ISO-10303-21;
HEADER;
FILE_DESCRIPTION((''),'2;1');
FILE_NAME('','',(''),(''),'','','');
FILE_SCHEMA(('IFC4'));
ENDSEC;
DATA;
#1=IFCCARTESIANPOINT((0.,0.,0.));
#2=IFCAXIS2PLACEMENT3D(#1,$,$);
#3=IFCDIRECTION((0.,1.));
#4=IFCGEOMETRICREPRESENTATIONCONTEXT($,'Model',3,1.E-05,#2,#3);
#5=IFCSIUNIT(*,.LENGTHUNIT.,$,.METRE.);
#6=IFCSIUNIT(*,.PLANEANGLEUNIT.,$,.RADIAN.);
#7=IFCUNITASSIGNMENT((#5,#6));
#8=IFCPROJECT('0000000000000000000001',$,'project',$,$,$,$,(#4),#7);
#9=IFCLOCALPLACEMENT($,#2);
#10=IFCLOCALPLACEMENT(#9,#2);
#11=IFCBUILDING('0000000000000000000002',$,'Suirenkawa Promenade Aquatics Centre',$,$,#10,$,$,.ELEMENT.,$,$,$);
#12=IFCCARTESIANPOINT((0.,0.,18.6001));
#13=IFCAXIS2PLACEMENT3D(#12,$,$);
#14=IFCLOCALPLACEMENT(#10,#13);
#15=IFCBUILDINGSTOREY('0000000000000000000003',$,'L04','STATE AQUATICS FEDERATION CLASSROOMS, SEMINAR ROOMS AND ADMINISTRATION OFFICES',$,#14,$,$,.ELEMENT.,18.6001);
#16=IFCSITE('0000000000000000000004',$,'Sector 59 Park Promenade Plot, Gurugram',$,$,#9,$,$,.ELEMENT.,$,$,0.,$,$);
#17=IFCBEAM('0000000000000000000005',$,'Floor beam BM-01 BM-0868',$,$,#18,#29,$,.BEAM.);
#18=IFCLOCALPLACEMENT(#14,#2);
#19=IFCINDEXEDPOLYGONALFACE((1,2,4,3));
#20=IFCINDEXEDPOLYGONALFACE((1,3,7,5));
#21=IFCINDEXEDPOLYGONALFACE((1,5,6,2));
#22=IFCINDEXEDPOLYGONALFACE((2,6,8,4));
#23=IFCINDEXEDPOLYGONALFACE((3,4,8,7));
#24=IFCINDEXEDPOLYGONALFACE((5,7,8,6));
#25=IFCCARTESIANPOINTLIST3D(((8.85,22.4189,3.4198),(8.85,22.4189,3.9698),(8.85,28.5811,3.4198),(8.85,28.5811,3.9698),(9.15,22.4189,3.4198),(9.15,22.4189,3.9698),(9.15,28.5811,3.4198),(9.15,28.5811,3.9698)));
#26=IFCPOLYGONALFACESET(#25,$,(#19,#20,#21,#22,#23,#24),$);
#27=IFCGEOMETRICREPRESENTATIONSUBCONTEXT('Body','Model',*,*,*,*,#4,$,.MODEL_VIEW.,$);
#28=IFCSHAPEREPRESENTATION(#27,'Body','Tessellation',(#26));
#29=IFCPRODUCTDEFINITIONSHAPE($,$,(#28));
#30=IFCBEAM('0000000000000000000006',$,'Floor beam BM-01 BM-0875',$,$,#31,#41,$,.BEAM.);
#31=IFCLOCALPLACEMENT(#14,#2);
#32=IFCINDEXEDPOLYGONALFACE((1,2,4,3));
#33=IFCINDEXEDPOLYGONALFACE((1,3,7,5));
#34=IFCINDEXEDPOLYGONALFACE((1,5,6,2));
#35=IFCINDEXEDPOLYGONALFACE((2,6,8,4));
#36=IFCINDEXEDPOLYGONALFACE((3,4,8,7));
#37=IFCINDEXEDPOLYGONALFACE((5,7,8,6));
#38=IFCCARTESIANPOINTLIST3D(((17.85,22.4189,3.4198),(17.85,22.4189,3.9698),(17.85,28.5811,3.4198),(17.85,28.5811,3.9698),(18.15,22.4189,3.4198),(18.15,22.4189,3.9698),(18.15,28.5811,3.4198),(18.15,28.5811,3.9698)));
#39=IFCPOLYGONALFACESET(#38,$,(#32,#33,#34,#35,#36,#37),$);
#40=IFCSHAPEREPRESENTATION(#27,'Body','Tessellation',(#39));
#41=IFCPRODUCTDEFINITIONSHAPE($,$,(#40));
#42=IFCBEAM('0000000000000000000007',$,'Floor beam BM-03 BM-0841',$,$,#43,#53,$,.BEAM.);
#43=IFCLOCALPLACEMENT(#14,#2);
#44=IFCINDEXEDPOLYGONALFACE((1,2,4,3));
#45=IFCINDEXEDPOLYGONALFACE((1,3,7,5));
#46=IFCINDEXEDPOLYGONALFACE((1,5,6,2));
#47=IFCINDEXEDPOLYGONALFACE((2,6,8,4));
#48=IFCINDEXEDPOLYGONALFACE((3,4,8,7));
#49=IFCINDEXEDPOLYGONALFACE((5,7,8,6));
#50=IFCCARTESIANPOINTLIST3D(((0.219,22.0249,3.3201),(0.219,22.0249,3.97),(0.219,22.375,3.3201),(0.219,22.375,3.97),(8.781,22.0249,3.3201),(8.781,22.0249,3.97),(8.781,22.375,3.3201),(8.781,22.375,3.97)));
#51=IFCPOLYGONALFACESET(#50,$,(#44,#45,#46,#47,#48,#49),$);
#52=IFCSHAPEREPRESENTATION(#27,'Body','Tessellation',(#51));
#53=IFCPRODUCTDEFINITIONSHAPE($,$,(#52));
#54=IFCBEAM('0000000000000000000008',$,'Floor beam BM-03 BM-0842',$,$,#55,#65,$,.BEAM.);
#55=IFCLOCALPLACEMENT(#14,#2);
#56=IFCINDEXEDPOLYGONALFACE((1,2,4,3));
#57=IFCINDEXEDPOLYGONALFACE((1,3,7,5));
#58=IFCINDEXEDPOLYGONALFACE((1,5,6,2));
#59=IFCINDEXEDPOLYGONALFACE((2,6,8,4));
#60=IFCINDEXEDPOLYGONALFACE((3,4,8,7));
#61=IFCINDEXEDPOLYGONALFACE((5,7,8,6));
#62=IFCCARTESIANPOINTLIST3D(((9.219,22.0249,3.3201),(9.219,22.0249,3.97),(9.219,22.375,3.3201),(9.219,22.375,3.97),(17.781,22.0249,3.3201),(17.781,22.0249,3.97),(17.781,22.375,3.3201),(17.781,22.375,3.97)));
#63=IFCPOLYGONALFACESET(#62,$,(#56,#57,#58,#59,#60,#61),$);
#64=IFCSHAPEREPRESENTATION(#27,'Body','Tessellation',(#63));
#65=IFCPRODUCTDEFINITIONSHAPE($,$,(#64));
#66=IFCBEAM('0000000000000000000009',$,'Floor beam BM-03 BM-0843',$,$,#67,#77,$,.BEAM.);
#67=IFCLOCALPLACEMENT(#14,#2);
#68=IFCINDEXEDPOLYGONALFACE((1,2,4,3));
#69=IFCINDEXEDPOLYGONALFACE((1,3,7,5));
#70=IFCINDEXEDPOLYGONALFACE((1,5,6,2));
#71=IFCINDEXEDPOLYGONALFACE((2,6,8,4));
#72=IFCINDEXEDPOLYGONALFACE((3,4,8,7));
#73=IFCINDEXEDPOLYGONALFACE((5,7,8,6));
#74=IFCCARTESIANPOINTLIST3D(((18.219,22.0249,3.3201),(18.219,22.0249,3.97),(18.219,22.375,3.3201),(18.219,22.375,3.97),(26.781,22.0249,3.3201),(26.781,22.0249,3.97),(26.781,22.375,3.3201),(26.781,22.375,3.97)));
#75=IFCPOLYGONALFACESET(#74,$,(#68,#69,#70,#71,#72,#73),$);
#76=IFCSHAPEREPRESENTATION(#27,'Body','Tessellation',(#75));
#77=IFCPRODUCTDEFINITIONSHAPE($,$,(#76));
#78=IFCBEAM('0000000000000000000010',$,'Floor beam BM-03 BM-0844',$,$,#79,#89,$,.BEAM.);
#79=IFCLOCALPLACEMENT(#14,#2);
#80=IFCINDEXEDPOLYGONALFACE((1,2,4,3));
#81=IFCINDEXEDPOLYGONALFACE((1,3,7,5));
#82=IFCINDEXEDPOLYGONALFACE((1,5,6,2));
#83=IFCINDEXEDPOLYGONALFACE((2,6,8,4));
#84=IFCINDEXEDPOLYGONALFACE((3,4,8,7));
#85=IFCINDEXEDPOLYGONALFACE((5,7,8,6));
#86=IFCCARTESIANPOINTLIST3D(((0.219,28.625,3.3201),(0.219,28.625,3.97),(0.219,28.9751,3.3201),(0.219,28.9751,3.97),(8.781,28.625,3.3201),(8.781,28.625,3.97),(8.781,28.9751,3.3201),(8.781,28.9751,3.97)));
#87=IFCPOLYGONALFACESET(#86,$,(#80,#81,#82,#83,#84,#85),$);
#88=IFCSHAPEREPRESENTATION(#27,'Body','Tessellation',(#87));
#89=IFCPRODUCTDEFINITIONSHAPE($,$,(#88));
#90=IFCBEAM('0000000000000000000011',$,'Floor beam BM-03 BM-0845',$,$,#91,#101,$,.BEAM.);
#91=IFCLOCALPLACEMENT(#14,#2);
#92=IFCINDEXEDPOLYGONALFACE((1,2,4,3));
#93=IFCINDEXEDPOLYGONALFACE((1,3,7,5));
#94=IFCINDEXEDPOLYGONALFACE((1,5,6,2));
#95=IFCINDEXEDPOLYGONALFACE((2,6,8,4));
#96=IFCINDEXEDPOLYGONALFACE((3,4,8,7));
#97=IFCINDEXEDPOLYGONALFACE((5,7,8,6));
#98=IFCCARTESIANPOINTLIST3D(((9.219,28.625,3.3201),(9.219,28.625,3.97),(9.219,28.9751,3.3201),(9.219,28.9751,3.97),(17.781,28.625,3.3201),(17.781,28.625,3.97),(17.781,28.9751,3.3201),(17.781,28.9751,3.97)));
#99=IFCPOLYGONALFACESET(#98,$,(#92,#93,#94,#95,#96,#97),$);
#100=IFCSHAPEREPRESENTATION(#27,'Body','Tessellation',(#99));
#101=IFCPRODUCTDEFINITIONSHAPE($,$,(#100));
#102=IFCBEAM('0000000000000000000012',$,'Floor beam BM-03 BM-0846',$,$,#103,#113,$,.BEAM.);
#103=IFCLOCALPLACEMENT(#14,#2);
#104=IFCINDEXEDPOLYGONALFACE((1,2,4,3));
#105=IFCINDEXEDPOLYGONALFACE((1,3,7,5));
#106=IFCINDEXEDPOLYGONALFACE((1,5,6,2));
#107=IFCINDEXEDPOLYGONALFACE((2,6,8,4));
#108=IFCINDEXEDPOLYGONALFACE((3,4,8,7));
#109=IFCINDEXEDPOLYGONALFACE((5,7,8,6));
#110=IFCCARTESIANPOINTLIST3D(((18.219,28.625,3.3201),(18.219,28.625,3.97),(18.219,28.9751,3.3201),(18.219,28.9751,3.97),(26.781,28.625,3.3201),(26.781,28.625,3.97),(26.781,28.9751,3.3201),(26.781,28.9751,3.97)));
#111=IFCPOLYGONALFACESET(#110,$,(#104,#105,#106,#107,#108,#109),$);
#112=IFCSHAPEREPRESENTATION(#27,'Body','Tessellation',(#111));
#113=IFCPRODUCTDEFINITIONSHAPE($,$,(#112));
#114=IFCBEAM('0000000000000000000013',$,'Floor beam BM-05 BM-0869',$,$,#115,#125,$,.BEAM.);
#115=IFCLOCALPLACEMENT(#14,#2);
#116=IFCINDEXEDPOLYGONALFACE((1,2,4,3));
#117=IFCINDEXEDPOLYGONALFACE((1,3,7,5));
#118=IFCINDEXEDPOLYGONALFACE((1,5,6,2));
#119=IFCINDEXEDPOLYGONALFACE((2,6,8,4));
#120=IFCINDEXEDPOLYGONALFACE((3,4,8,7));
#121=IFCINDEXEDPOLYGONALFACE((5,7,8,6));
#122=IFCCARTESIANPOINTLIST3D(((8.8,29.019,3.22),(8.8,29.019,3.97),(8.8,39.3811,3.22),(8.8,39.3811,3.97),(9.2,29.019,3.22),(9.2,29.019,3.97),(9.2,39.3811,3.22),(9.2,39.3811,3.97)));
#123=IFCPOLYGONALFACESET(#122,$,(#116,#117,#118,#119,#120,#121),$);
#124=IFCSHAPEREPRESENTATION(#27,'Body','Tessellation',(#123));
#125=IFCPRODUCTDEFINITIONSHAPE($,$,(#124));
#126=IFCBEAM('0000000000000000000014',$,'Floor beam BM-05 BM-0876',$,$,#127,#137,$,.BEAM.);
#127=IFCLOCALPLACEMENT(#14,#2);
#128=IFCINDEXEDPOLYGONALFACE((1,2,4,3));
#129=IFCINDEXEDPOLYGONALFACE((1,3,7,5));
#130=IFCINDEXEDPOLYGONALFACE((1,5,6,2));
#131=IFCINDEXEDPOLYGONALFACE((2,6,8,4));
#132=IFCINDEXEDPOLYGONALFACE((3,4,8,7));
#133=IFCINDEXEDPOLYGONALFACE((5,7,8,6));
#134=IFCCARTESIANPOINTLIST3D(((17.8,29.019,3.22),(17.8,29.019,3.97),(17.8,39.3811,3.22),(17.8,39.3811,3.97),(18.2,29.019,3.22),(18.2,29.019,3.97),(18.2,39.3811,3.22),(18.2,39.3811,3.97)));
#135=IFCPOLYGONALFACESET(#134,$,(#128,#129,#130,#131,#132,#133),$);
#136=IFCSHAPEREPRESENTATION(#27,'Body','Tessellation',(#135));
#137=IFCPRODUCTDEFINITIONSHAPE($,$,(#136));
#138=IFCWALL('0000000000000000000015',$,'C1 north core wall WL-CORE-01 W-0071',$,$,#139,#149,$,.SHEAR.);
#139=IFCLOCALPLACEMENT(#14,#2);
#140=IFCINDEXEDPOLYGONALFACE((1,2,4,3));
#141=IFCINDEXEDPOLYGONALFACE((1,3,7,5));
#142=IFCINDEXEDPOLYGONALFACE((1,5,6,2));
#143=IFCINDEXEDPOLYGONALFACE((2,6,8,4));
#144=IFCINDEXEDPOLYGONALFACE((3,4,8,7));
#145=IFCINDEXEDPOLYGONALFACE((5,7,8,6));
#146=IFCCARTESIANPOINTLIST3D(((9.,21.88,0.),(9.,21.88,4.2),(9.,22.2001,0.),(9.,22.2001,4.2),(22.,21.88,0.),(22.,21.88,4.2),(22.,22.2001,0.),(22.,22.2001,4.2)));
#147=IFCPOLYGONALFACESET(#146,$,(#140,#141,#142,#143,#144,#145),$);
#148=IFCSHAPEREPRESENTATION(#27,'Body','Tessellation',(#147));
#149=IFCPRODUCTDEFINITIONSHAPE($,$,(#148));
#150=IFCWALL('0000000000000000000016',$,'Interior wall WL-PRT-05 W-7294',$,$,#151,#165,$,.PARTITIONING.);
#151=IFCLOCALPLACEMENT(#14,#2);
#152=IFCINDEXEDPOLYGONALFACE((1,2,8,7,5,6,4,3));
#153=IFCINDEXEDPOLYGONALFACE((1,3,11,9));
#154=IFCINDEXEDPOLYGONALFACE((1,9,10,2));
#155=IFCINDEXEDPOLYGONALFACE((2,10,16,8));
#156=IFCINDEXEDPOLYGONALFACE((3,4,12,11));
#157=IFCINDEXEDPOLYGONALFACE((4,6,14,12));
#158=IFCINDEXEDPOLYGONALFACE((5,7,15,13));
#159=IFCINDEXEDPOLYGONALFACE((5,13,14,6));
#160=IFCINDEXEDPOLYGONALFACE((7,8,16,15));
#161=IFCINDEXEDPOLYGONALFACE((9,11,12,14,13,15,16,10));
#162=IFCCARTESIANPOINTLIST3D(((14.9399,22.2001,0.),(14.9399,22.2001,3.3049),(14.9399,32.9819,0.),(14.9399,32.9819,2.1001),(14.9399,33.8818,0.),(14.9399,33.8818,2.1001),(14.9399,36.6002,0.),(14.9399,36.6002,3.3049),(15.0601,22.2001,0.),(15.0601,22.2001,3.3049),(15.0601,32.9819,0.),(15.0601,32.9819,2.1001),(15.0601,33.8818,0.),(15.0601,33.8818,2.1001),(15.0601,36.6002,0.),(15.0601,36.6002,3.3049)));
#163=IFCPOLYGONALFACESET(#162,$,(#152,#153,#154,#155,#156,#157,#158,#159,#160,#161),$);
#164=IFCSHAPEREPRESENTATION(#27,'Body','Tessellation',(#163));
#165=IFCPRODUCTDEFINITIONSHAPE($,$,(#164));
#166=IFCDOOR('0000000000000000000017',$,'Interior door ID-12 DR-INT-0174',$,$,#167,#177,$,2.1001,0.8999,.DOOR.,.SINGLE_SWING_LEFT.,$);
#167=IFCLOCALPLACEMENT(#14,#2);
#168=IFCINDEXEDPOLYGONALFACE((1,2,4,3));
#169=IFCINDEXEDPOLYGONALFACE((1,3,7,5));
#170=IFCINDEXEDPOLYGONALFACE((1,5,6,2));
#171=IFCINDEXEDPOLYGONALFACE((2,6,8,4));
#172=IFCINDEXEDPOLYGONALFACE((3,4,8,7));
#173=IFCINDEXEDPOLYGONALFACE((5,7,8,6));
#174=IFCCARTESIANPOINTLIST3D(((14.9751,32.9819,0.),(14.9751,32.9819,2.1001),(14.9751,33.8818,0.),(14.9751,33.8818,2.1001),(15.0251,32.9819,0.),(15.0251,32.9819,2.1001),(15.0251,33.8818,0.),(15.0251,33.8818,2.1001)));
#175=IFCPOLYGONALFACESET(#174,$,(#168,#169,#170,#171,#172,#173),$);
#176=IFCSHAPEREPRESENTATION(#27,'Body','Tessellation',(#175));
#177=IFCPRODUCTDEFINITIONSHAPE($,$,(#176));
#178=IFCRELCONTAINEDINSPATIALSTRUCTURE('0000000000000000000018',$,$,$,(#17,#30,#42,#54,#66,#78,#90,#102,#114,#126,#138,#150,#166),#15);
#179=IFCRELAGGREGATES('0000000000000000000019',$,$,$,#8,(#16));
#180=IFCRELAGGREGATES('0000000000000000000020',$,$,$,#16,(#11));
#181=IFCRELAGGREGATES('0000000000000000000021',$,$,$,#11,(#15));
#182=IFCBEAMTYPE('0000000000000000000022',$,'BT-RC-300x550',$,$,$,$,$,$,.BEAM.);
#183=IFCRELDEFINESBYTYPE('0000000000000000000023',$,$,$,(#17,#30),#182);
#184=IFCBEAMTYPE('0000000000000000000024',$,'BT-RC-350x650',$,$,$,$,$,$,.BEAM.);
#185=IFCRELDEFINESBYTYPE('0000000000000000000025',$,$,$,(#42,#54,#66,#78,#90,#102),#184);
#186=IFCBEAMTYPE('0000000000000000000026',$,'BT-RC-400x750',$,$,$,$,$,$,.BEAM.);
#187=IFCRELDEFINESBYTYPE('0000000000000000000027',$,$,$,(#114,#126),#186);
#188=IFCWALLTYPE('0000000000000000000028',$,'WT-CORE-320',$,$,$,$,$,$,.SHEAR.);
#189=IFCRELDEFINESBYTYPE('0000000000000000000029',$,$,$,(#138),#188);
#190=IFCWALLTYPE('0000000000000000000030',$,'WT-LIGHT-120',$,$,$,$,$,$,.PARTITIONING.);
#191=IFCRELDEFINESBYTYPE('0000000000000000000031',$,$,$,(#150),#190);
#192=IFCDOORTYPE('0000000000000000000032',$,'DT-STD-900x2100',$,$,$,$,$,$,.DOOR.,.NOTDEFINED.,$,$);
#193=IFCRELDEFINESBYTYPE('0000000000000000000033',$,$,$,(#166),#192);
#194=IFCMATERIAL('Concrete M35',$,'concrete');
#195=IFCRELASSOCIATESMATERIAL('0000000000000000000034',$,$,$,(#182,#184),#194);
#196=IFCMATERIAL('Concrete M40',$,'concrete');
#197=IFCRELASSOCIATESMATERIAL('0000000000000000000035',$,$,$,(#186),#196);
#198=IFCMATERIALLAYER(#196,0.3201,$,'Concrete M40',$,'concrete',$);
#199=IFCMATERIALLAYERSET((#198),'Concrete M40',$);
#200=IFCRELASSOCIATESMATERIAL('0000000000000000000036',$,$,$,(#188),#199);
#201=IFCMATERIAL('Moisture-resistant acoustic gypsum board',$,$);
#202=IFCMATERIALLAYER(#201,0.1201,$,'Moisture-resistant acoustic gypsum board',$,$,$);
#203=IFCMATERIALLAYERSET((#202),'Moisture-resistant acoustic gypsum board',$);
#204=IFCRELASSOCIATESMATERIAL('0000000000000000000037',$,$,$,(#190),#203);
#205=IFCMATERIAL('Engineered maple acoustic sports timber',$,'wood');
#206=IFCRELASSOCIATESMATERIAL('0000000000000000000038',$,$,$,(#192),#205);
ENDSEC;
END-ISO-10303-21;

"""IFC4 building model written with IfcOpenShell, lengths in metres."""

from ifc_helpers import new_model, si_unit, direction, frame, frame_2d, origin, origin_2d, place, context, subcontext, project, spatial, rectangle, extrude, material, layer, layer_set, material_profile, profile_set, type_object, element, fill, save


model = new_model("IFC4")

# Units and contexts
model_context = context("Model", 3, precision=1e-05, world=origin(), true_north=direction((0.0, 1.0)))
body_context = subcontext(model_context, "Body", "Model", "MODEL_VIEW")
ifc_project = project(units=[si_unit("LENGTHUNIT", "METRE"), si_unit("PLANEANGLEUNIT", "RADIAN")], contexts=[model_context])

# Site, building, storey
site_placement = place(None, origin())
site = spatial("IfcSite", under=ifc_project, at=site_placement, Name="Sector 59 Park Promenade Plot, Gurugram", CompositionType="ELEMENT", RefElevation=0.0)
building_placement = place(site_placement, origin())
building = spatial("IfcBuilding", under=site, at=building_placement, Name="Suirenkawa Promenade Aquatics Centre", CompositionType="ELEMENT")
storey_placement = place(building_placement, frame((0.0, 0.0, 18.6001)))
storey = spatial("IfcBuildingStorey", under=building, at=storey_placement, Name="L04", Description="STATE AQUATICS FEDERATION CLASSROOMS, SEMINAR ROOMS AND ADMINISTRATION OFFICES", CompositionType="ELEMENT", Elevation=18.6001)

# Shared definitions
ifc_material_1 = material(Name="Concrete M40", Category="concrete")

# Beams
ifc_material_2 = material(Name="Concrete M35", Category="concrete")
ifc_material_profile_1 = material_profile(ifc_material_2, rectangle(XDim=0.3, YDim=0.55, at=origin_2d()), Name="RC BM 300x550", Category="concrete")
ifc_profile_set_1 = profile_set([ifc_material_profile_1], Name="Concrete M35")
beam_type_1 = type_object("IfcBeamType", Name="BT-RC-300x550", PredefinedType="BEAM", material=ifc_profile_set_1)
for number, where, z_axis, x_axis, name in (
    (1, (9.0, 22.4189, 3.6948), (0.0, 1.0, 0.0), (-1.0, 0.0, 0.0), "Floor beam BM-01 BM-0868"),
    (2, (18.0, 22.4189, 3.6948), (0.0, 1.0, 0.0), (-1.0, 0.0, 0.0), "Floor beam BM-01 BM-0875"),
):
    element("IfcBeam", number, at=place(storey_placement, frame(where, z_axis=z_axis, x_axis=x_axis)), inside=storey, type_object=beam_type_1, Name=name, PredefinedType="BEAM", context=body_context, shape_type="SweptSolid", body=[
        extrude(rectangle(XDim=0.3, YDim=0.55, at=origin_2d()), origin(), (0.0, 0.0, 1.0), 6.1621),
    ])
ifc_material_profile_2 = material_profile(ifc_material_2, rectangle(XDim=0.3501, YDim=0.6499, at=origin_2d()), Name="RC BM 350x650", Category="concrete")
ifc_profile_set_2 = profile_set([ifc_material_profile_2], Name="Concrete M35")
beam_type_2 = type_object("IfcBeamType", Name="BT-RC-350x650", PredefinedType="BEAM", material=ifc_profile_set_2)
for number, where, z_axis, x_axis, name in (
    (3, (0.219, 22.2, 3.645), (1.0, 0.0, 0.0), (0.0, 1.0, 0.0), "Floor beam BM-03 BM-0841"),
    (4, (9.219, 22.2, 3.645), (1.0, 0.0, 0.0), (0.0, 1.0, 0.0), "Floor beam BM-03 BM-0842"),
    (5, (18.219, 22.2, 3.645), (1.0, 0.0, 0.0), (0.0, 1.0, 0.0), "Floor beam BM-03 BM-0843"),
    (6, (0.219, 28.8, 3.645), (1.0, 0.0, 0.0), (0.0, 1.0, 0.0), "Floor beam BM-03 BM-0844"),
    (7, (9.219, 28.8, 3.645), (1.0, 0.0, 0.0), (0.0, 1.0, 0.0), "Floor beam BM-03 BM-0845"),
    (8, (18.219, 28.8, 3.645), (1.0, 0.0, 0.0), (0.0, 1.0, 0.0), "Floor beam BM-03 BM-0846"),
):
    element("IfcBeam", number, at=place(storey_placement, frame(where, z_axis=z_axis, x_axis=x_axis)), inside=storey, type_object=beam_type_2, Name=name, PredefinedType="BEAM", context=body_context, shape_type="SweptSolid", body=[
        extrude(rectangle(XDim=0.3501, YDim=0.6499, at=origin_2d()), origin(), (0.0, 0.0, 1.0), 8.562),
    ])
ifc_material_profile_3 = material_profile(ifc_material_1, rectangle(XDim=0.3999, YDim=0.75, at=origin_2d()), Name="RC BM 400x750", Category="concrete")
ifc_profile_set_3 = profile_set([ifc_material_profile_3], Name="Concrete M40")
beam_type_3 = type_object("IfcBeamType", Name="BT-RC-400x750", PredefinedType="BEAM", material=ifc_profile_set_3)
for number, where, z_axis, x_axis, name in (
    (9, (9.0, 29.019, 3.595), (0.0, 1.0, 0.0), (-1.0, 0.0, 0.0), "Floor beam BM-05 BM-0869"),
    (10, (18.0, 29.019, 3.595), (0.0, 1.0, 0.0), (-1.0, 0.0, 0.0), "Floor beam BM-05 BM-0876"),
):
    element("IfcBeam", number, at=place(storey_placement, frame(where, z_axis=z_axis, x_axis=x_axis)), inside=storey, type_object=beam_type_3, Name=name, PredefinedType="BEAM", context=body_context, shape_type="SweptSolid", body=[
        extrude(rectangle(XDim=0.3999, YDim=0.75, at=origin_2d()), origin(), (0.0, 0.0, 1.0), 10.3621),
    ])

# Wall
ifc_layer_1 = layer(ifc_material_1, 0.3201, Name="Concrete M40", Category="concrete")
ifc_layer_set_1 = layer_set([ifc_layer_1], Name="Concrete M40")
wall_type_1 = type_object("IfcWallType", Name="WT-CORE-320", PredefinedType="SHEAR", material=ifc_layer_set_1)
wall_1_placement = place(storey_placement, frame((9.0, 22.04, 0.0), z_axis=(0.0, 0.0, 1.0), x_axis=(1.0, 0.0, 0.0)))
element("IfcWall", 11, at=wall_1_placement, inside=storey, type_object=wall_type_1, Name="C1 north core wall WL-CORE-01 W-0071", PredefinedType="SHEAR", context=body_context, shape_type="SweptSolid", body=[
    extrude(rectangle(XDim=13.0, YDim=0.3201, at=frame_2d((6.5, 0.0))), origin(), (0.0, 0.0, 1.0), 4.2),
])

# Wall, opening, door
ifc_material_3 = material(Name="Moisture-resistant acoustic gypsum board")
ifc_layer_2 = layer(ifc_material_3, 0.1201, Name="Moisture-resistant acoustic gypsum board")
ifc_layer_set_2 = layer_set([ifc_layer_2], Name="Moisture-resistant acoustic gypsum board")
wall_type_2 = type_object("IfcWallType", Name="WT-LIGHT-120", PredefinedType="PARTITIONING", material=ifc_layer_set_2)
wall_2_placement = place(storey_placement, frame((15.0, 22.2, 0.0), z_axis=(0.0, 0.0, 1.0), x_axis=(0.0, 1.0, 0.0)))
wall_2 = element("IfcWall", 12, at=wall_2_placement, inside=storey, type_object=wall_type_2, Name="Interior wall WL-PRT-05 W-7294", PredefinedType="PARTITIONING", context=body_context, shape_type="SweptSolid", body=[
    extrude(rectangle(XDim=14.4001, YDim=0.1201, at=frame_2d((7.2002, 0.0))), origin(), (0.0, 0.0, 1.0), 3.3049),
])
opening_1_placement = place(wall_2_placement, frame((10.782, 0.0, 0.0)))
opening_1 = element("IfcOpeningElement", 13, at=opening_1_placement, cuts=wall_2, PredefinedType="OPENING", context=body_context, shape_type="SweptSolid", body=[
    extrude(rectangle(XDim=0.8999, YDim=2.1001, at=frame_2d((0.45, 1.05))), frame((0.0, 0.0701, 0.0), z_axis=(0.0, -1.0, 0.0), x_axis=(1.0, 0.0, 0.0)), (0.0, 0.0, 1.0), 0.1401),
])
ifc_material_4 = material(Name="Engineered maple acoustic sports timber", Category="wood")
door_type_1 = type_object("IfcDoorType", Name="DT-STD-900x2100", OperationType="NOTDEFINED", PredefinedType="DOOR", material=ifc_material_4)
door_1_placement = place(opening_1_placement, origin())
door_1 = element("IfcDoor", 14, at=door_1_placement, inside=storey, type_object=door_type_1, Name="Interior door ID-12 DR-INT-0174", OperationType="SINGLE_SWING_LEFT", OverallHeight=2.1001, OverallWidth=0.8999, PredefinedType="DOOR", context=body_context, shape_type="SweptSolid", body=[
    extrude(rectangle(XDim=0.8999, YDim=2.1001, at=frame_2d((0.45, 1.05))), frame((0.0, 0.0249, 0.0), z_axis=(0.0, -1.0, 0.0), x_axis=(1.0, 0.0, 0.0)), (0.0, 0.0, 1.0), 0.05),
])
fill(opening_1, door_1)

save(model, "model.ifc")
